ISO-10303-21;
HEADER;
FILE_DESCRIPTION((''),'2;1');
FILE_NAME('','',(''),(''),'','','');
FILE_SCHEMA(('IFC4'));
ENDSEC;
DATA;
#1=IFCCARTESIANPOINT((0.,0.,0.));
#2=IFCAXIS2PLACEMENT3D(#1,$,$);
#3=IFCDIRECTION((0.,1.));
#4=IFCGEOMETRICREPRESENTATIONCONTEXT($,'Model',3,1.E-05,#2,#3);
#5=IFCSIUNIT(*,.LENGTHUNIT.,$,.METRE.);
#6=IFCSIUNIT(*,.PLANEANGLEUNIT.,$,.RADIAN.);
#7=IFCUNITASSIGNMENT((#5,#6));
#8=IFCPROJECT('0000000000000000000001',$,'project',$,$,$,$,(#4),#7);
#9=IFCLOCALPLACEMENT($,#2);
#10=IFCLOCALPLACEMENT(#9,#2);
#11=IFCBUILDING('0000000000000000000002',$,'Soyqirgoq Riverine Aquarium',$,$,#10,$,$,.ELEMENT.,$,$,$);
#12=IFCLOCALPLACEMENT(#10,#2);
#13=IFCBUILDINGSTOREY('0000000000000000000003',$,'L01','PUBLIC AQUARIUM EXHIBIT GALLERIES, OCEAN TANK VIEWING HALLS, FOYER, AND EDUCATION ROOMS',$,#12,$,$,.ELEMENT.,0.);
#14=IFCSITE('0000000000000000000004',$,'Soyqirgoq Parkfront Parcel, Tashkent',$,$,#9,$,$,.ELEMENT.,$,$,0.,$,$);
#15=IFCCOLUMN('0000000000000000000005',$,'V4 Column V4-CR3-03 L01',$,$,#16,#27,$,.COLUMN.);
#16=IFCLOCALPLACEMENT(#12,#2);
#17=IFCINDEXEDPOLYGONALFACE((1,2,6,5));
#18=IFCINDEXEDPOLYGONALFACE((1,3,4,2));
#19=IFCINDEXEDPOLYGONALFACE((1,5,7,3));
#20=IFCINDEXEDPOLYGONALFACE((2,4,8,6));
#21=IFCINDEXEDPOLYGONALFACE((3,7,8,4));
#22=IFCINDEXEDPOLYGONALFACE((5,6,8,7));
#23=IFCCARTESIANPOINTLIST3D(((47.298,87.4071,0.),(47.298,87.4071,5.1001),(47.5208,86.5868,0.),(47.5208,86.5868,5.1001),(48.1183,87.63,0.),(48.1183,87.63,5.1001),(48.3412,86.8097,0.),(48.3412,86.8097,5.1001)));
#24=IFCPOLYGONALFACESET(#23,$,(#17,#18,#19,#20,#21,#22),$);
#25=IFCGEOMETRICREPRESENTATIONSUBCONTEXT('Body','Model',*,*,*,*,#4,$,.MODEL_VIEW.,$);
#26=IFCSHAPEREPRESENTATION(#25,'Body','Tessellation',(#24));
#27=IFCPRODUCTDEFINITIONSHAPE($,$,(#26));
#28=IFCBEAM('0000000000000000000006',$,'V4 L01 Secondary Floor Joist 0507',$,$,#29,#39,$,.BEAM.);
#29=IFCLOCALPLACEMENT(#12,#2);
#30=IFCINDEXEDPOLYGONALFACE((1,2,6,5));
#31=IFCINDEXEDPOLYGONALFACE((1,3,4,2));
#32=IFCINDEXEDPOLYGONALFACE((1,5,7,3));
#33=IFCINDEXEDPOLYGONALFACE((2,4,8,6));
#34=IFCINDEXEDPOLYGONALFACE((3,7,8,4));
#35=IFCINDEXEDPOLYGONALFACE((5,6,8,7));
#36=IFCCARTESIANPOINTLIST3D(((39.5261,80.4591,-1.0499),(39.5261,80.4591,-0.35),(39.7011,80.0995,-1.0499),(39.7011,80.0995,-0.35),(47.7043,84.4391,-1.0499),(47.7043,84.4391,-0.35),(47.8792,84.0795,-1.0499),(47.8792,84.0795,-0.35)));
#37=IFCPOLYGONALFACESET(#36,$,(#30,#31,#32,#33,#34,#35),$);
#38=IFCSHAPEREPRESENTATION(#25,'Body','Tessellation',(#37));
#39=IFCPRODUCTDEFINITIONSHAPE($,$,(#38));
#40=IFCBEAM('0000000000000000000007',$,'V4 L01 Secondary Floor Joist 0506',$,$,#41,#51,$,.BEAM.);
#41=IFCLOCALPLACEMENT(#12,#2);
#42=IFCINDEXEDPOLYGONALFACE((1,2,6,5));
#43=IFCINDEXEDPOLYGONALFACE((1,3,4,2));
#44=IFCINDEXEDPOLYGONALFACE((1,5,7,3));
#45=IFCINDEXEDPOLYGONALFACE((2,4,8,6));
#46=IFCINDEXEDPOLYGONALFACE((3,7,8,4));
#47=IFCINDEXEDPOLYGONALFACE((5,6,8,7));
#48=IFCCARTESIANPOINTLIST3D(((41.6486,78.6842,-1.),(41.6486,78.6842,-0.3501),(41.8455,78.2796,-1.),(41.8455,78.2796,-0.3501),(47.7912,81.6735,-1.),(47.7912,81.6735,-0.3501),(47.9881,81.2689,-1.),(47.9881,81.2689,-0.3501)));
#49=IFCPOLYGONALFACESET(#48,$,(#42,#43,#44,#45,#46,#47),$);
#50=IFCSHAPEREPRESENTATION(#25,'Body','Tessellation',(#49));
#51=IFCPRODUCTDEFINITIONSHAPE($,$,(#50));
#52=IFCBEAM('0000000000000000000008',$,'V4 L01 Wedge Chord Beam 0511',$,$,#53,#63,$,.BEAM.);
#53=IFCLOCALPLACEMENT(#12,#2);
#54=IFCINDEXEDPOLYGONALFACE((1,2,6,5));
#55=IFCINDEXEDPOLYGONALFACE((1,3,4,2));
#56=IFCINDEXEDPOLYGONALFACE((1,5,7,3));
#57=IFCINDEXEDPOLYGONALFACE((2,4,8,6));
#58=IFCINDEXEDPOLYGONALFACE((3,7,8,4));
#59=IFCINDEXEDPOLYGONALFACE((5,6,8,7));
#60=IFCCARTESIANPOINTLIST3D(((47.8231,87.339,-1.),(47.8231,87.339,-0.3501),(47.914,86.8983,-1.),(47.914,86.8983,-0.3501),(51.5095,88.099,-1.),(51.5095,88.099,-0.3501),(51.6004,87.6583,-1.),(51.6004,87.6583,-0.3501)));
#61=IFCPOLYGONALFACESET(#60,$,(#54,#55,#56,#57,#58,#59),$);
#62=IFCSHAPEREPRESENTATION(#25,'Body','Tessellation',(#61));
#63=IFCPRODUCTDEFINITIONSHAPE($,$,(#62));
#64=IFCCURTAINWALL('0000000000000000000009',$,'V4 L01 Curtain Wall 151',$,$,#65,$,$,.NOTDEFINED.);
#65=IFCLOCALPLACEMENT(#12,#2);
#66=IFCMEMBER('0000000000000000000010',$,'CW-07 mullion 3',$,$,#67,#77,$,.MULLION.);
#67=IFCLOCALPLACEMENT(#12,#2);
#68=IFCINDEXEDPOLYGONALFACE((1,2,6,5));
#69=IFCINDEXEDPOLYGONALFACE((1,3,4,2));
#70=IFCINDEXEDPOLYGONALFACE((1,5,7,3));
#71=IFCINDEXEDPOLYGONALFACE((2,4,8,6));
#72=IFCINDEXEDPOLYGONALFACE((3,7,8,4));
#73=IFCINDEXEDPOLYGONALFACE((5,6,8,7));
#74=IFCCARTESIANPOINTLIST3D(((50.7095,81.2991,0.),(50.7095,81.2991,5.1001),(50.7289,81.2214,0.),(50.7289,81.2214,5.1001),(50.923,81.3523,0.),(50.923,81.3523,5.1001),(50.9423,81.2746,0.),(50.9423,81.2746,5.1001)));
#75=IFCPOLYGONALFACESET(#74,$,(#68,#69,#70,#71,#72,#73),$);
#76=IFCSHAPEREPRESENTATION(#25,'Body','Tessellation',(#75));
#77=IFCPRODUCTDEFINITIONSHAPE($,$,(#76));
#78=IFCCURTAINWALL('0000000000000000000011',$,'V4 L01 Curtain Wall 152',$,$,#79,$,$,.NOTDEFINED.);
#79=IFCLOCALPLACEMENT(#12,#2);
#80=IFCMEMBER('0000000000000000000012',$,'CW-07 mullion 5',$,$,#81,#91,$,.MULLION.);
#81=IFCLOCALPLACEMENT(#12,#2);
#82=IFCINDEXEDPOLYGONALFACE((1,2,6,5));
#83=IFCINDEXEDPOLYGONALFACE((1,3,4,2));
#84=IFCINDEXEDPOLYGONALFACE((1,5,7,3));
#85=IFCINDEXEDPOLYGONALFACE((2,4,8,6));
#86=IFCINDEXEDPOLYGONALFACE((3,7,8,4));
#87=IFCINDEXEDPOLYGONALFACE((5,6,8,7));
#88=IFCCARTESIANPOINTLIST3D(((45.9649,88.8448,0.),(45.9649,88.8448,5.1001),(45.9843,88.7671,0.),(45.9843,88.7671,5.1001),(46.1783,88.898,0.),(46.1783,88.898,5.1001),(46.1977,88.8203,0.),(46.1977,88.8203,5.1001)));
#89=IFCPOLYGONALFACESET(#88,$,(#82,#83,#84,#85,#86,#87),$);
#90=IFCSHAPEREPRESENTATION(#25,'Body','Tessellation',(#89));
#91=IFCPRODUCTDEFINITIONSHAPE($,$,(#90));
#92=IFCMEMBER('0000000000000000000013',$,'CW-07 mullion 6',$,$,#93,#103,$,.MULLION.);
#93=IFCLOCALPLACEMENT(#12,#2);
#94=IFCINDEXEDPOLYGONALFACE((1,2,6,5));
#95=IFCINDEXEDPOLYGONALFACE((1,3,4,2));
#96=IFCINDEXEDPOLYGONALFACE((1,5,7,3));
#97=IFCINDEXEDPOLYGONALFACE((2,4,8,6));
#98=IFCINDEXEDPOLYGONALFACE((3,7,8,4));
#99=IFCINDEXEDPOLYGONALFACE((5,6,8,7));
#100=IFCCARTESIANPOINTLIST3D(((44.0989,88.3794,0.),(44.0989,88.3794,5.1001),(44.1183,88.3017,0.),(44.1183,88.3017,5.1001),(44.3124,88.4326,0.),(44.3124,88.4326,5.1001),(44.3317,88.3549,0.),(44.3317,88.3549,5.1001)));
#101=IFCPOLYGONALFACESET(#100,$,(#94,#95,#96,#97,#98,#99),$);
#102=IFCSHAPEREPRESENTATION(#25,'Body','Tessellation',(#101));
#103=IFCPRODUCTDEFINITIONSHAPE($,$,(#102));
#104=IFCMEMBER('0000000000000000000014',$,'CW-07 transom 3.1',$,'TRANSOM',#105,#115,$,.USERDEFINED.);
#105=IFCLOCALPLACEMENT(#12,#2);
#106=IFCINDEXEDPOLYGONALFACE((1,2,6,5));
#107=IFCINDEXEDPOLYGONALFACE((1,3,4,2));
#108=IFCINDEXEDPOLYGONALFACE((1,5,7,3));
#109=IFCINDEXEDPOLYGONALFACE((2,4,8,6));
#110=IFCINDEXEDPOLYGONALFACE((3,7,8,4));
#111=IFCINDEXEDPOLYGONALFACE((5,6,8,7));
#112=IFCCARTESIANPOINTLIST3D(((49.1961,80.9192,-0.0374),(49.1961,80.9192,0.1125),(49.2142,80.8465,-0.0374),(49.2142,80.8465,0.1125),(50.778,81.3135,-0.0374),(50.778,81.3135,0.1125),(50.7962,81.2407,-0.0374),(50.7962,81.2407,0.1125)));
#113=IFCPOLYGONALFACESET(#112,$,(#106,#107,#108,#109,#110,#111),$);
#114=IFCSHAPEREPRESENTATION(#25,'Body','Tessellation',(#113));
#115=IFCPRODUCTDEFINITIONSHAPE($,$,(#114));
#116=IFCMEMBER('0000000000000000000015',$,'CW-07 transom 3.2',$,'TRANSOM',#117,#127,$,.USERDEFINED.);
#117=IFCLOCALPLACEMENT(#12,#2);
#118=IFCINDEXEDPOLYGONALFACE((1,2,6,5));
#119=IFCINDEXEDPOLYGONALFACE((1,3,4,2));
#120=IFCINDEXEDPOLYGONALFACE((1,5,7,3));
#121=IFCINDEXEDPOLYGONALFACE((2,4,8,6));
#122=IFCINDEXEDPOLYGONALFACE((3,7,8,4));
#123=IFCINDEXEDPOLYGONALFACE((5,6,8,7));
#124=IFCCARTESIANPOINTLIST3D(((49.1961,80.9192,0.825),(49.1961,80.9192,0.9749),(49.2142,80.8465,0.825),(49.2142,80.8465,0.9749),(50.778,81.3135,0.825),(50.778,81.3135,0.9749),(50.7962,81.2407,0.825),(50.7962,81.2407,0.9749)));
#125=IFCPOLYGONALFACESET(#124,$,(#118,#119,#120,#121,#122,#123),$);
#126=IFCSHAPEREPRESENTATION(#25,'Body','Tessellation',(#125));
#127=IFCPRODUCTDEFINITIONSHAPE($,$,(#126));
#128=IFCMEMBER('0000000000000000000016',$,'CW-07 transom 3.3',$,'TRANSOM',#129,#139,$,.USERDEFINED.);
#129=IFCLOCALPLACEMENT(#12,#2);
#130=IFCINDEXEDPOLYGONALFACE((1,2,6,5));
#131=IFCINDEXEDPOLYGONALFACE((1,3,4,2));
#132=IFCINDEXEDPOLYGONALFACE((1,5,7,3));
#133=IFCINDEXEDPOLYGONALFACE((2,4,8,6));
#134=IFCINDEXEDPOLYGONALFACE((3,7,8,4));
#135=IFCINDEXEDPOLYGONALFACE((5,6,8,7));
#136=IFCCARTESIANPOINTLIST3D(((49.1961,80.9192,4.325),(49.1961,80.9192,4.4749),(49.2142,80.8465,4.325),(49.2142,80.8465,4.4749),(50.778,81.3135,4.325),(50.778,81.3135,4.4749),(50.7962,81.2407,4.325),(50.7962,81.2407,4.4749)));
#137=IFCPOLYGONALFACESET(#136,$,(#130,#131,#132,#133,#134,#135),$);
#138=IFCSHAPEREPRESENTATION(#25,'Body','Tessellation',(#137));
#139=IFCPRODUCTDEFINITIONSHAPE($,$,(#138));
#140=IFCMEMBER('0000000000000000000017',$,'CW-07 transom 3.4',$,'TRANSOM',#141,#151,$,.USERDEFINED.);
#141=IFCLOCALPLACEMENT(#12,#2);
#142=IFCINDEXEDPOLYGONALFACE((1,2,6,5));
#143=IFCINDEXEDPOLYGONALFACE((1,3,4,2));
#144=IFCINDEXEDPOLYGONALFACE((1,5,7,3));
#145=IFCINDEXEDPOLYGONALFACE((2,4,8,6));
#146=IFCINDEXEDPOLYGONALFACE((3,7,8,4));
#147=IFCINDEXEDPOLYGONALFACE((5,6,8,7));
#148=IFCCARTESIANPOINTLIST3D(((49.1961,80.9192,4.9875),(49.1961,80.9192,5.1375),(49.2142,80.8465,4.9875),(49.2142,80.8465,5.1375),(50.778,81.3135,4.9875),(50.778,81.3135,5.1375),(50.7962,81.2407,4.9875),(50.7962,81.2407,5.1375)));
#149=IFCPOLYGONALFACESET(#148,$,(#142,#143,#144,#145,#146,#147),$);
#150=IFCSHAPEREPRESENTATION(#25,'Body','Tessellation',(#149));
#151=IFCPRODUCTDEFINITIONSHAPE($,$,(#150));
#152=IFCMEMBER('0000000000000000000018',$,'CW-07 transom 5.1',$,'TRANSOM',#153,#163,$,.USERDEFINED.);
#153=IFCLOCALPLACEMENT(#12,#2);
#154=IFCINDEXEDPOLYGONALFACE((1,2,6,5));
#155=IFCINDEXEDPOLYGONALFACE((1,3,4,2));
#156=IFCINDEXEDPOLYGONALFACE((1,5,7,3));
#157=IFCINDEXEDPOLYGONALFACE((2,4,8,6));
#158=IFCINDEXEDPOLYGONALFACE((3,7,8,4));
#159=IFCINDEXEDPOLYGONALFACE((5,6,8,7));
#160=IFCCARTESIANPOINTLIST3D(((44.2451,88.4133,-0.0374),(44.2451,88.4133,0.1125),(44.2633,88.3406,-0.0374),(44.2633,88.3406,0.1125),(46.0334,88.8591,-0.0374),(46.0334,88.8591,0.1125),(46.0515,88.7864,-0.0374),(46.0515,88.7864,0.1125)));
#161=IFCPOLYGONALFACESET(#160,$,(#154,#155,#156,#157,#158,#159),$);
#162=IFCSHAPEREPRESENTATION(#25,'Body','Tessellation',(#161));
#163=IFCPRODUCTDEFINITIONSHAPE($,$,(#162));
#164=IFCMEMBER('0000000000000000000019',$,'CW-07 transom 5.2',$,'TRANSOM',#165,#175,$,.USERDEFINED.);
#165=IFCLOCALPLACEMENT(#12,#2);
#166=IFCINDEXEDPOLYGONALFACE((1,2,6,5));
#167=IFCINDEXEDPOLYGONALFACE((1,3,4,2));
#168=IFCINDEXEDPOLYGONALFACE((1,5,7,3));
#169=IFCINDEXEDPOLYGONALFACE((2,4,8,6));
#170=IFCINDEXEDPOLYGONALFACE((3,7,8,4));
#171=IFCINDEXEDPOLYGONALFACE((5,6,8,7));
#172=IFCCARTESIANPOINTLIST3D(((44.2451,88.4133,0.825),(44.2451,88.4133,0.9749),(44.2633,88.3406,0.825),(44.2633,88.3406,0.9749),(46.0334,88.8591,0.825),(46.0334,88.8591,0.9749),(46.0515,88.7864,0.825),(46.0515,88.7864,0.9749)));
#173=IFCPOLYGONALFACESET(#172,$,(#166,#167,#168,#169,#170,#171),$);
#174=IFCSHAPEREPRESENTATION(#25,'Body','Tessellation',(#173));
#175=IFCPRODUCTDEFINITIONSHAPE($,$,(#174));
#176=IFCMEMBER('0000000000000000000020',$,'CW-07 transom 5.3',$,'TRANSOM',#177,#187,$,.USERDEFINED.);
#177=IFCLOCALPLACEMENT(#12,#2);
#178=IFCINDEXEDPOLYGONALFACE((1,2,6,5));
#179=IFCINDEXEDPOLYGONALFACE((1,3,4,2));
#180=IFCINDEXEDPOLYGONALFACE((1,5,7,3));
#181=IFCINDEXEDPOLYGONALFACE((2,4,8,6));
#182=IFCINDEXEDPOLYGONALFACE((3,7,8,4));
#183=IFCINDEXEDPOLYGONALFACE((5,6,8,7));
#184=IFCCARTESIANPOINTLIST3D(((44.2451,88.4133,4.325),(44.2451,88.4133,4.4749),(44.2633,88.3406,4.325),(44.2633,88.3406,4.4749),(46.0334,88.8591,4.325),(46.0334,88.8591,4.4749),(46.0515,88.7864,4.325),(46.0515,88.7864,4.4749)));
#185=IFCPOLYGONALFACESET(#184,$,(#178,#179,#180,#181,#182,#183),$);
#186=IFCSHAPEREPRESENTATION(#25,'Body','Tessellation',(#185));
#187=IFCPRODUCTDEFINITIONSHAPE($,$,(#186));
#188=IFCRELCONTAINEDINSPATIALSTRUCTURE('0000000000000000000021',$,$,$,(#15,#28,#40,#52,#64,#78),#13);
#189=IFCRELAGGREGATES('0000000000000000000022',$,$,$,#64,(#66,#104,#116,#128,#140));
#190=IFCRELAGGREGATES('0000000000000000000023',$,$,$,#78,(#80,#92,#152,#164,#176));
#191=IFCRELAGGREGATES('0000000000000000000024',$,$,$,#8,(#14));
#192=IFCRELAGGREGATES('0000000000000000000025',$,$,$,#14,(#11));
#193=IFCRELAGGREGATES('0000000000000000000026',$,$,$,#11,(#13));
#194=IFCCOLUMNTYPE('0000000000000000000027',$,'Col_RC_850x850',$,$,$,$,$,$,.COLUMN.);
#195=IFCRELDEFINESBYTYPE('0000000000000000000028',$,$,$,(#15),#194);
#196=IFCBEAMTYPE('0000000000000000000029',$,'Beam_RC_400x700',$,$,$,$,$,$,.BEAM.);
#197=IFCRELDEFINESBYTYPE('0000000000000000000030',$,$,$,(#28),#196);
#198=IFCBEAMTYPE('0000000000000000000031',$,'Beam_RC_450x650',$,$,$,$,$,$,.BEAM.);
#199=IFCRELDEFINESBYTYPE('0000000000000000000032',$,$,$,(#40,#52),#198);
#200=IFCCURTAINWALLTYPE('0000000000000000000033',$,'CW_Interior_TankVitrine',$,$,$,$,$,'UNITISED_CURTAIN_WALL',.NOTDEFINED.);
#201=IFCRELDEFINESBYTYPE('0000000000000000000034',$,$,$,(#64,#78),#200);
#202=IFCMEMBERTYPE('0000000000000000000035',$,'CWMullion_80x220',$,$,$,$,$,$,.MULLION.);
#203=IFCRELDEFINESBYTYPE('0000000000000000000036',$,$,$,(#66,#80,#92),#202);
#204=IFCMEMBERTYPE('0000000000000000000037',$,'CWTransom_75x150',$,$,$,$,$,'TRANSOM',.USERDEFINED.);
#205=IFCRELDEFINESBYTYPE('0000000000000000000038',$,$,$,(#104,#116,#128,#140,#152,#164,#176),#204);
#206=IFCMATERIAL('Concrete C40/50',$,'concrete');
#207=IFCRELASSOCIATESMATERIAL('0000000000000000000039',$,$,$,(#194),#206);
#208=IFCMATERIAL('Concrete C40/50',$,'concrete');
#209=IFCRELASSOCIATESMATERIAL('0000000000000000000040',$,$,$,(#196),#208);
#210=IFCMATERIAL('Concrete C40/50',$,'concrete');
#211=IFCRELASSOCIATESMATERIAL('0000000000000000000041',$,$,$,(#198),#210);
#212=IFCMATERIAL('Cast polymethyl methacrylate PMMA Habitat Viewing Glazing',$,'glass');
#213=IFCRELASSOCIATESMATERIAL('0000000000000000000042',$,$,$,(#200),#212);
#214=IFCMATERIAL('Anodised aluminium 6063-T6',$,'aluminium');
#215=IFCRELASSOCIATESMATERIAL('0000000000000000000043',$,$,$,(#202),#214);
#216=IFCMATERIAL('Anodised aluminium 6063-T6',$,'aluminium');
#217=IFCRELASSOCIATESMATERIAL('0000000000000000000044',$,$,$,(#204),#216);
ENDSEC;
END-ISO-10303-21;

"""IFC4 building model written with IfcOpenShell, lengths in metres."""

from ifc_helpers import new_model, si_unit, direction, frame, origin, origin_2d, place, context, subcontext, project, spatial, rectangle, extrude, material, material_profile, profile_set, type_object, element, aggregate, save


model = new_model("IFC4")

# Units and contexts
model_context = context("Model", 3, precision=1e-05, world=origin(), true_north=direction((0.0, 1.0)))
body_context = subcontext(model_context, "Body", "Model", "MODEL_VIEW")
ifc_project = project(units=[si_unit("LENGTHUNIT", "METRE"), si_unit("PLANEANGLEUNIT", "RADIAN")], contexts=[model_context])

# Site, building, storey
site_placement = place(None, origin())
site = spatial("IfcSite", under=ifc_project, at=site_placement, Name="Soyqirgoq Parkfront Parcel, Tashkent", CompositionType="ELEMENT", RefElevation=0.0)
building_placement = place(site_placement, origin())
building = spatial("IfcBuilding", under=site, at=building_placement, Name="Soyqirgoq Riverine Aquarium", CompositionType="ELEMENT")
storey_placement = place(building_placement, origin())
storey = spatial("IfcBuildingStorey", under=building, at=storey_placement, Name="L01", Description="PUBLIC AQUARIUM EXHIBIT GALLERIES, OCEAN TANK VIEWING HALLS, FOYER, AND EDUCATION ROOMS", CompositionType="ELEMENT", Elevation=0.0)

# Column
ifc_material_1 = material(Name="Concrete C40/50", Category="concrete")
ifc_material_profile_1 = material_profile(ifc_material_1, rectangle(XDim=0.8501, YDim=0.8501, at=origin_2d()), Name="RC 850x850")
ifc_profile_set_1 = profile_set([ifc_material_profile_1], Name="Concrete C40/50")
column_type = type_object("IfcColumnType", Name="Col_RC_850x850", PredefinedType="COLUMN", material=ifc_profile_set_1)
column_placement = place(storey_placement, frame((47.8196, 87.1084, 0.0), z_axis=(0.0, 0.0, 1.0), x_axis=(-0.262189, 0.965016, 0.0)))
element("IfcColumn", 1, at=column_placement, inside=storey, type_object=column_type, Name="V4 Column V4-CR3-03 L01", PredefinedType="COLUMN", context=body_context, shape_type="SweptSolid", body=[
    extrude(rectangle(XDim=0.8501, YDim=0.8501, at=origin_2d()), origin(), (0.0, 0.0, 1.0), 5.1001),
])

# Beams
ifc_material_2 = material(Name="Concrete C40/50", Category="concrete")
ifc_material_profile_2 = material_profile(ifc_material_2, rectangle(XDim=0.3999, YDim=0.7, at=origin_2d()), Name="RC 400x700")
ifc_profile_set_2 = profile_set([ifc_material_profile_2], Name="Concrete C40/50")
beam_type_1 = type_object("IfcBeamType", Name="Beam_RC_400x700", PredefinedType="BEAM", material=ifc_profile_set_2)
beam_1_placement = place(storey_placement, frame((47.7917, 84.2593, -0.7), z_axis=(-0.899175, -0.437589, 0.0), x_axis=(0.437589, -0.899175, 0.0)))
element("IfcBeam", 2, at=beam_1_placement, inside=storey, type_object=beam_type_1, Name="V4 L01 Secondary Floor Joist 0507", PredefinedType="BEAM", context=body_context, shape_type="SweptSolid", body=[
    extrude(rectangle(XDim=0.3999, YDim=0.7, at=origin_2d()), origin(), (0.0, 0.0, 1.0), 9.0952),
])
ifc_material_3 = material(Name="Concrete C40/50", Category="concrete")
ifc_material_profile_3 = material_profile(ifc_material_3, rectangle(XDim=0.45, YDim=0.6499, at=origin_2d()), Name="RC 450x650")
ifc_profile_set_3 = profile_set([ifc_material_profile_3], Name="Concrete C40/50")
beam_type_2 = type_object("IfcBeamType", Name="Beam_RC_450x650", PredefinedType="BEAM", material=ifc_profile_set_3)
beam_2_placement = place(storey_placement, frame((47.8896, 81.4712, -0.675), z_axis=(-0.899179, -0.437581, 0.0), x_axis=(0.437581, -0.899179, 0.0)))
element("IfcBeam", 3, at=beam_2_placement, inside=storey, type_object=beam_type_2, Name="V4 L01 Secondary Floor Joist 0506", PredefinedType="BEAM", context=body_context, shape_type="SweptSolid", body=[
    extrude(rectangle(XDim=0.45, YDim=0.6499, at=origin_2d()), origin(), (0.0, 0.0, 1.0), 6.8313),
])
beam_3_placement = place(storey_placement, frame((51.5549, 87.8787, -0.675), z_axis=(-0.979401, -0.201926, 0.0), x_axis=(0.201926, -0.979401, 0.0)))
element("IfcBeam", 4, at=beam_3_placement, inside=storey, type_object=beam_type_2, Name="V4 L01 Wedge Chord Beam 0511", PredefinedType="BEAM", context=body_context, shape_type="SweptSolid", body=[
    extrude(rectangle(XDim=0.45, YDim=0.6499, at=origin_2d()), origin(), (0.0, 0.0, 1.0), 3.7639),
])

# Curtain wall, member
ifc_material_4 = material(Name="Cast polymethyl methacrylate PMMA Habitat Viewing Glazing", Category="glass")
curtain_wall_type = type_object("IfcCurtainWallType", Name="CW_Interior_TankVitrine", ElementType="UNITISED_CURTAIN_WALL", PredefinedType="NOTDEFINED", material=ifc_material_4)
curtain_wall_1_placement = place(storey_placement, origin())
curtain_wall_1 = element("IfcCurtainWall", 5, at=curtain_wall_1_placement, inside=storey, type_object=curtain_wall_type, Name="V4 L01 Curtain Wall 151", PredefinedType="NOTDEFINED")
ifc_material_5 = material(Name="Anodised aluminium 6063-T6", Category="aluminium")
ifc_material_profile_4 = material_profile(ifc_material_5, rectangle(XDim=0.0801, YDim=0.22, at=origin_2d()), Name="ALU-M 80x220")
ifc_profile_set_4 = profile_set([ifc_material_profile_4], Name="Anodised aluminium 6063-T6")
member_type_1 = type_object("IfcMemberType", Name="CWMullion_80x220", PredefinedType="MULLION", material=ifc_profile_set_4)
member_1_placement = place(storey_placement, frame((50.8259, 81.2869, 0.0), z_axis=(0.0, 0.0, 1.0), x_axis=(0.241922, -0.970296, 0.0)))
member_1 = element("IfcMember", 6, at=member_1_placement, type_object=member_type_1, Name="CW-07 mullion 3", PredefinedType="MULLION", context=body_context, shape_type="SweptSolid", body=[
    extrude(rectangle(XDim=0.0801, YDim=0.22, at=origin_2d()), origin(), (0.0, 0.0, 1.0), 5.1001),
])

# Curtain wall, members
curtain_wall_2_placement = place(storey_placement, origin())
curtain_wall_2 = element("IfcCurtainWall", 7, at=curtain_wall_2_placement, inside=storey, type_object=curtain_wall_type, Name="V4 L01 Curtain Wall 152", PredefinedType="NOTDEFINED")
member_2_placement = place(storey_placement, frame((46.0813, 88.8325, 0.0), z_axis=(0.0, 0.0, 1.0), x_axis=(0.241926, -0.970295, 0.0)))
member_2 = element("IfcMember", 8, at=member_2_placement, type_object=member_type_1, Name="CW-07 mullion 5", PredefinedType="MULLION", context=body_context, shape_type="SweptSolid", body=[
    extrude(rectangle(XDim=0.0801, YDim=0.22, at=origin_2d()), origin(), (0.0, 0.0, 1.0), 5.1001),
])
member_3_placement = place(storey_placement, frame((44.2153, 88.3672, 0.0), z_axis=(0.0, 0.0, 1.0), x_axis=(0.241926, -0.970295, 0.0)))
member_3 = element("IfcMember", 9, at=member_3_placement, type_object=member_type_1, Name="CW-07 mullion 6", PredefinedType="MULLION", context=body_context, shape_type="SweptSolid", body=[
    extrude(rectangle(XDim=0.0801, YDim=0.22, at=origin_2d()), origin(), (0.0, 0.0, 1.0), 5.1001),
])

# Members
ifc_material_6 = material(Name="Anodised aluminium 6063-T6", Category="aluminium")
ifc_material_profile_5 = material_profile(ifc_material_6, rectangle(XDim=0.075, YDim=0.1499, at=origin_2d()), Name="ALU-T 75x150")
ifc_profile_set_5 = profile_set([ifc_material_profile_5], Name="Anodised aluminium 6063-T6")
member_type_2 = type_object("IfcMemberType", Name="CWTransom_75x150", ElementType="TRANSOM", PredefinedType="USERDEFINED", material=ifc_profile_set_5)
member_4_placement = place(storey_placement, frame((50.7871, 81.2771, 0.0376), z_axis=(-0.970318, -0.241831, 0.0), x_axis=(0.241831, -0.970318, 0.0)))
member_4 = element("IfcMember", 10, at=member_4_placement, type_object=member_type_2, Name="CW-07 transom 3.1", ObjectType="TRANSOM", PredefinedType="USERDEFINED", context=body_context, shape_type="SweptSolid", body=[
    extrude(rectangle(XDim=0.075, YDim=0.1499, at=origin_2d()), origin(), (0.0, 0.0, 1.0), 1.6304),
])
member_5_placement = place(storey_placement, frame((50.7871, 81.2771, 0.8999), z_axis=(-0.970318, -0.241831, 0.0), x_axis=(0.241831, -0.970318, 0.0)))
member_5 = element("IfcMember", 11, at=member_5_placement, type_object=member_type_2, Name="CW-07 transom 3.2", ObjectType="TRANSOM", PredefinedType="USERDEFINED", context=body_context, shape_type="SweptSolid", body=[
    extrude(rectangle(XDim=0.075, YDim=0.1499, at=origin_2d()), origin(), (0.0, 0.0, 1.0), 1.6304),
])
member_6_placement = place(storey_placement, frame((50.7871, 81.2771, 4.3999), z_axis=(-0.970318, -0.241831, 0.0), x_axis=(0.241831, -0.970318, 0.0)))
member_6 = element("IfcMember", 12, at=member_6_placement, type_object=member_type_2, Name="CW-07 transom 3.3", ObjectType="TRANSOM", PredefinedType="USERDEFINED", context=body_context, shape_type="SweptSolid", body=[
    extrude(rectangle(XDim=0.075, YDim=0.1499, at=origin_2d()), origin(), (0.0, 0.0, 1.0), 1.6304),
])
member_7_placement = place(storey_placement, frame((50.7871, 81.2771, 5.0625), z_axis=(-0.970318, -0.241831, 0.0), x_axis=(0.241831, -0.970318, 0.0)))
member_7 = element("IfcMember", 13, at=member_7_placement, type_object=member_type_2, Name="CW-07 transom 3.4", ObjectType="TRANSOM", PredefinedType="USERDEFINED", context=body_context, shape_type="SweptSolid", body=[
    extrude(rectangle(XDim=0.075, YDim=0.1499, at=origin_2d()), origin(), (0.0, 0.0, 1.0), 1.6304),
])
member_8_placement = place(storey_placement, frame((46.0425, 88.8228, 0.0376), z_axis=(-0.970306, -0.241881, 0.0), x_axis=(0.241881, -0.970306, 0.0)))
member_8 = element("IfcMember", 14, at=member_8_placement, type_object=member_type_2, Name="CW-07 transom 5.1", ObjectType="TRANSOM", PredefinedType="USERDEFINED", context=body_context, shape_type="SweptSolid", body=[
    extrude(rectangle(XDim=0.075, YDim=0.1499, at=origin_2d()), origin(), (0.0, 0.0, 1.0), 1.843),
])
member_9_placement = place(storey_placement, frame((46.0425, 88.8228, 0.8999), z_axis=(-0.970306, -0.241881, 0.0), x_axis=(0.241881, -0.970306, 0.0)))
member_9 = element("IfcMember", 15, at=member_9_placement, type_object=member_type_2, Name="CW-07 transom 5.2", ObjectType="TRANSOM", PredefinedType="USERDEFINED", context=body_context, shape_type="SweptSolid", body=[
    extrude(rectangle(XDim=0.075, YDim=0.1499, at=origin_2d()), origin(), (0.0, 0.0, 1.0), 1.843),
])
member_10_placement = place(storey_placement, frame((46.0425, 88.8228, 4.3999), z_axis=(-0.970306, -0.241881, 0.0), x_axis=(0.241881, -0.970306, 0.0)))
member_10 = element("IfcMember", 16, at=member_10_placement, type_object=member_type_2, Name="CW-07 transom 5.3", ObjectType="TRANSOM", PredefinedType="USERDEFINED", context=body_context, shape_type="SweptSolid", body=[
    extrude(rectangle(XDim=0.075, YDim=0.1499, at=origin_2d()), origin(), (0.0, 0.0, 1.0), 1.843),
])

aggregate(curtain_wall_1, [member_1, member_4, member_5, member_6, member_7])
aggregate(curtain_wall_2, [member_2, member_3, member_8, member_9, member_10])

save(model, "model.ifc")
